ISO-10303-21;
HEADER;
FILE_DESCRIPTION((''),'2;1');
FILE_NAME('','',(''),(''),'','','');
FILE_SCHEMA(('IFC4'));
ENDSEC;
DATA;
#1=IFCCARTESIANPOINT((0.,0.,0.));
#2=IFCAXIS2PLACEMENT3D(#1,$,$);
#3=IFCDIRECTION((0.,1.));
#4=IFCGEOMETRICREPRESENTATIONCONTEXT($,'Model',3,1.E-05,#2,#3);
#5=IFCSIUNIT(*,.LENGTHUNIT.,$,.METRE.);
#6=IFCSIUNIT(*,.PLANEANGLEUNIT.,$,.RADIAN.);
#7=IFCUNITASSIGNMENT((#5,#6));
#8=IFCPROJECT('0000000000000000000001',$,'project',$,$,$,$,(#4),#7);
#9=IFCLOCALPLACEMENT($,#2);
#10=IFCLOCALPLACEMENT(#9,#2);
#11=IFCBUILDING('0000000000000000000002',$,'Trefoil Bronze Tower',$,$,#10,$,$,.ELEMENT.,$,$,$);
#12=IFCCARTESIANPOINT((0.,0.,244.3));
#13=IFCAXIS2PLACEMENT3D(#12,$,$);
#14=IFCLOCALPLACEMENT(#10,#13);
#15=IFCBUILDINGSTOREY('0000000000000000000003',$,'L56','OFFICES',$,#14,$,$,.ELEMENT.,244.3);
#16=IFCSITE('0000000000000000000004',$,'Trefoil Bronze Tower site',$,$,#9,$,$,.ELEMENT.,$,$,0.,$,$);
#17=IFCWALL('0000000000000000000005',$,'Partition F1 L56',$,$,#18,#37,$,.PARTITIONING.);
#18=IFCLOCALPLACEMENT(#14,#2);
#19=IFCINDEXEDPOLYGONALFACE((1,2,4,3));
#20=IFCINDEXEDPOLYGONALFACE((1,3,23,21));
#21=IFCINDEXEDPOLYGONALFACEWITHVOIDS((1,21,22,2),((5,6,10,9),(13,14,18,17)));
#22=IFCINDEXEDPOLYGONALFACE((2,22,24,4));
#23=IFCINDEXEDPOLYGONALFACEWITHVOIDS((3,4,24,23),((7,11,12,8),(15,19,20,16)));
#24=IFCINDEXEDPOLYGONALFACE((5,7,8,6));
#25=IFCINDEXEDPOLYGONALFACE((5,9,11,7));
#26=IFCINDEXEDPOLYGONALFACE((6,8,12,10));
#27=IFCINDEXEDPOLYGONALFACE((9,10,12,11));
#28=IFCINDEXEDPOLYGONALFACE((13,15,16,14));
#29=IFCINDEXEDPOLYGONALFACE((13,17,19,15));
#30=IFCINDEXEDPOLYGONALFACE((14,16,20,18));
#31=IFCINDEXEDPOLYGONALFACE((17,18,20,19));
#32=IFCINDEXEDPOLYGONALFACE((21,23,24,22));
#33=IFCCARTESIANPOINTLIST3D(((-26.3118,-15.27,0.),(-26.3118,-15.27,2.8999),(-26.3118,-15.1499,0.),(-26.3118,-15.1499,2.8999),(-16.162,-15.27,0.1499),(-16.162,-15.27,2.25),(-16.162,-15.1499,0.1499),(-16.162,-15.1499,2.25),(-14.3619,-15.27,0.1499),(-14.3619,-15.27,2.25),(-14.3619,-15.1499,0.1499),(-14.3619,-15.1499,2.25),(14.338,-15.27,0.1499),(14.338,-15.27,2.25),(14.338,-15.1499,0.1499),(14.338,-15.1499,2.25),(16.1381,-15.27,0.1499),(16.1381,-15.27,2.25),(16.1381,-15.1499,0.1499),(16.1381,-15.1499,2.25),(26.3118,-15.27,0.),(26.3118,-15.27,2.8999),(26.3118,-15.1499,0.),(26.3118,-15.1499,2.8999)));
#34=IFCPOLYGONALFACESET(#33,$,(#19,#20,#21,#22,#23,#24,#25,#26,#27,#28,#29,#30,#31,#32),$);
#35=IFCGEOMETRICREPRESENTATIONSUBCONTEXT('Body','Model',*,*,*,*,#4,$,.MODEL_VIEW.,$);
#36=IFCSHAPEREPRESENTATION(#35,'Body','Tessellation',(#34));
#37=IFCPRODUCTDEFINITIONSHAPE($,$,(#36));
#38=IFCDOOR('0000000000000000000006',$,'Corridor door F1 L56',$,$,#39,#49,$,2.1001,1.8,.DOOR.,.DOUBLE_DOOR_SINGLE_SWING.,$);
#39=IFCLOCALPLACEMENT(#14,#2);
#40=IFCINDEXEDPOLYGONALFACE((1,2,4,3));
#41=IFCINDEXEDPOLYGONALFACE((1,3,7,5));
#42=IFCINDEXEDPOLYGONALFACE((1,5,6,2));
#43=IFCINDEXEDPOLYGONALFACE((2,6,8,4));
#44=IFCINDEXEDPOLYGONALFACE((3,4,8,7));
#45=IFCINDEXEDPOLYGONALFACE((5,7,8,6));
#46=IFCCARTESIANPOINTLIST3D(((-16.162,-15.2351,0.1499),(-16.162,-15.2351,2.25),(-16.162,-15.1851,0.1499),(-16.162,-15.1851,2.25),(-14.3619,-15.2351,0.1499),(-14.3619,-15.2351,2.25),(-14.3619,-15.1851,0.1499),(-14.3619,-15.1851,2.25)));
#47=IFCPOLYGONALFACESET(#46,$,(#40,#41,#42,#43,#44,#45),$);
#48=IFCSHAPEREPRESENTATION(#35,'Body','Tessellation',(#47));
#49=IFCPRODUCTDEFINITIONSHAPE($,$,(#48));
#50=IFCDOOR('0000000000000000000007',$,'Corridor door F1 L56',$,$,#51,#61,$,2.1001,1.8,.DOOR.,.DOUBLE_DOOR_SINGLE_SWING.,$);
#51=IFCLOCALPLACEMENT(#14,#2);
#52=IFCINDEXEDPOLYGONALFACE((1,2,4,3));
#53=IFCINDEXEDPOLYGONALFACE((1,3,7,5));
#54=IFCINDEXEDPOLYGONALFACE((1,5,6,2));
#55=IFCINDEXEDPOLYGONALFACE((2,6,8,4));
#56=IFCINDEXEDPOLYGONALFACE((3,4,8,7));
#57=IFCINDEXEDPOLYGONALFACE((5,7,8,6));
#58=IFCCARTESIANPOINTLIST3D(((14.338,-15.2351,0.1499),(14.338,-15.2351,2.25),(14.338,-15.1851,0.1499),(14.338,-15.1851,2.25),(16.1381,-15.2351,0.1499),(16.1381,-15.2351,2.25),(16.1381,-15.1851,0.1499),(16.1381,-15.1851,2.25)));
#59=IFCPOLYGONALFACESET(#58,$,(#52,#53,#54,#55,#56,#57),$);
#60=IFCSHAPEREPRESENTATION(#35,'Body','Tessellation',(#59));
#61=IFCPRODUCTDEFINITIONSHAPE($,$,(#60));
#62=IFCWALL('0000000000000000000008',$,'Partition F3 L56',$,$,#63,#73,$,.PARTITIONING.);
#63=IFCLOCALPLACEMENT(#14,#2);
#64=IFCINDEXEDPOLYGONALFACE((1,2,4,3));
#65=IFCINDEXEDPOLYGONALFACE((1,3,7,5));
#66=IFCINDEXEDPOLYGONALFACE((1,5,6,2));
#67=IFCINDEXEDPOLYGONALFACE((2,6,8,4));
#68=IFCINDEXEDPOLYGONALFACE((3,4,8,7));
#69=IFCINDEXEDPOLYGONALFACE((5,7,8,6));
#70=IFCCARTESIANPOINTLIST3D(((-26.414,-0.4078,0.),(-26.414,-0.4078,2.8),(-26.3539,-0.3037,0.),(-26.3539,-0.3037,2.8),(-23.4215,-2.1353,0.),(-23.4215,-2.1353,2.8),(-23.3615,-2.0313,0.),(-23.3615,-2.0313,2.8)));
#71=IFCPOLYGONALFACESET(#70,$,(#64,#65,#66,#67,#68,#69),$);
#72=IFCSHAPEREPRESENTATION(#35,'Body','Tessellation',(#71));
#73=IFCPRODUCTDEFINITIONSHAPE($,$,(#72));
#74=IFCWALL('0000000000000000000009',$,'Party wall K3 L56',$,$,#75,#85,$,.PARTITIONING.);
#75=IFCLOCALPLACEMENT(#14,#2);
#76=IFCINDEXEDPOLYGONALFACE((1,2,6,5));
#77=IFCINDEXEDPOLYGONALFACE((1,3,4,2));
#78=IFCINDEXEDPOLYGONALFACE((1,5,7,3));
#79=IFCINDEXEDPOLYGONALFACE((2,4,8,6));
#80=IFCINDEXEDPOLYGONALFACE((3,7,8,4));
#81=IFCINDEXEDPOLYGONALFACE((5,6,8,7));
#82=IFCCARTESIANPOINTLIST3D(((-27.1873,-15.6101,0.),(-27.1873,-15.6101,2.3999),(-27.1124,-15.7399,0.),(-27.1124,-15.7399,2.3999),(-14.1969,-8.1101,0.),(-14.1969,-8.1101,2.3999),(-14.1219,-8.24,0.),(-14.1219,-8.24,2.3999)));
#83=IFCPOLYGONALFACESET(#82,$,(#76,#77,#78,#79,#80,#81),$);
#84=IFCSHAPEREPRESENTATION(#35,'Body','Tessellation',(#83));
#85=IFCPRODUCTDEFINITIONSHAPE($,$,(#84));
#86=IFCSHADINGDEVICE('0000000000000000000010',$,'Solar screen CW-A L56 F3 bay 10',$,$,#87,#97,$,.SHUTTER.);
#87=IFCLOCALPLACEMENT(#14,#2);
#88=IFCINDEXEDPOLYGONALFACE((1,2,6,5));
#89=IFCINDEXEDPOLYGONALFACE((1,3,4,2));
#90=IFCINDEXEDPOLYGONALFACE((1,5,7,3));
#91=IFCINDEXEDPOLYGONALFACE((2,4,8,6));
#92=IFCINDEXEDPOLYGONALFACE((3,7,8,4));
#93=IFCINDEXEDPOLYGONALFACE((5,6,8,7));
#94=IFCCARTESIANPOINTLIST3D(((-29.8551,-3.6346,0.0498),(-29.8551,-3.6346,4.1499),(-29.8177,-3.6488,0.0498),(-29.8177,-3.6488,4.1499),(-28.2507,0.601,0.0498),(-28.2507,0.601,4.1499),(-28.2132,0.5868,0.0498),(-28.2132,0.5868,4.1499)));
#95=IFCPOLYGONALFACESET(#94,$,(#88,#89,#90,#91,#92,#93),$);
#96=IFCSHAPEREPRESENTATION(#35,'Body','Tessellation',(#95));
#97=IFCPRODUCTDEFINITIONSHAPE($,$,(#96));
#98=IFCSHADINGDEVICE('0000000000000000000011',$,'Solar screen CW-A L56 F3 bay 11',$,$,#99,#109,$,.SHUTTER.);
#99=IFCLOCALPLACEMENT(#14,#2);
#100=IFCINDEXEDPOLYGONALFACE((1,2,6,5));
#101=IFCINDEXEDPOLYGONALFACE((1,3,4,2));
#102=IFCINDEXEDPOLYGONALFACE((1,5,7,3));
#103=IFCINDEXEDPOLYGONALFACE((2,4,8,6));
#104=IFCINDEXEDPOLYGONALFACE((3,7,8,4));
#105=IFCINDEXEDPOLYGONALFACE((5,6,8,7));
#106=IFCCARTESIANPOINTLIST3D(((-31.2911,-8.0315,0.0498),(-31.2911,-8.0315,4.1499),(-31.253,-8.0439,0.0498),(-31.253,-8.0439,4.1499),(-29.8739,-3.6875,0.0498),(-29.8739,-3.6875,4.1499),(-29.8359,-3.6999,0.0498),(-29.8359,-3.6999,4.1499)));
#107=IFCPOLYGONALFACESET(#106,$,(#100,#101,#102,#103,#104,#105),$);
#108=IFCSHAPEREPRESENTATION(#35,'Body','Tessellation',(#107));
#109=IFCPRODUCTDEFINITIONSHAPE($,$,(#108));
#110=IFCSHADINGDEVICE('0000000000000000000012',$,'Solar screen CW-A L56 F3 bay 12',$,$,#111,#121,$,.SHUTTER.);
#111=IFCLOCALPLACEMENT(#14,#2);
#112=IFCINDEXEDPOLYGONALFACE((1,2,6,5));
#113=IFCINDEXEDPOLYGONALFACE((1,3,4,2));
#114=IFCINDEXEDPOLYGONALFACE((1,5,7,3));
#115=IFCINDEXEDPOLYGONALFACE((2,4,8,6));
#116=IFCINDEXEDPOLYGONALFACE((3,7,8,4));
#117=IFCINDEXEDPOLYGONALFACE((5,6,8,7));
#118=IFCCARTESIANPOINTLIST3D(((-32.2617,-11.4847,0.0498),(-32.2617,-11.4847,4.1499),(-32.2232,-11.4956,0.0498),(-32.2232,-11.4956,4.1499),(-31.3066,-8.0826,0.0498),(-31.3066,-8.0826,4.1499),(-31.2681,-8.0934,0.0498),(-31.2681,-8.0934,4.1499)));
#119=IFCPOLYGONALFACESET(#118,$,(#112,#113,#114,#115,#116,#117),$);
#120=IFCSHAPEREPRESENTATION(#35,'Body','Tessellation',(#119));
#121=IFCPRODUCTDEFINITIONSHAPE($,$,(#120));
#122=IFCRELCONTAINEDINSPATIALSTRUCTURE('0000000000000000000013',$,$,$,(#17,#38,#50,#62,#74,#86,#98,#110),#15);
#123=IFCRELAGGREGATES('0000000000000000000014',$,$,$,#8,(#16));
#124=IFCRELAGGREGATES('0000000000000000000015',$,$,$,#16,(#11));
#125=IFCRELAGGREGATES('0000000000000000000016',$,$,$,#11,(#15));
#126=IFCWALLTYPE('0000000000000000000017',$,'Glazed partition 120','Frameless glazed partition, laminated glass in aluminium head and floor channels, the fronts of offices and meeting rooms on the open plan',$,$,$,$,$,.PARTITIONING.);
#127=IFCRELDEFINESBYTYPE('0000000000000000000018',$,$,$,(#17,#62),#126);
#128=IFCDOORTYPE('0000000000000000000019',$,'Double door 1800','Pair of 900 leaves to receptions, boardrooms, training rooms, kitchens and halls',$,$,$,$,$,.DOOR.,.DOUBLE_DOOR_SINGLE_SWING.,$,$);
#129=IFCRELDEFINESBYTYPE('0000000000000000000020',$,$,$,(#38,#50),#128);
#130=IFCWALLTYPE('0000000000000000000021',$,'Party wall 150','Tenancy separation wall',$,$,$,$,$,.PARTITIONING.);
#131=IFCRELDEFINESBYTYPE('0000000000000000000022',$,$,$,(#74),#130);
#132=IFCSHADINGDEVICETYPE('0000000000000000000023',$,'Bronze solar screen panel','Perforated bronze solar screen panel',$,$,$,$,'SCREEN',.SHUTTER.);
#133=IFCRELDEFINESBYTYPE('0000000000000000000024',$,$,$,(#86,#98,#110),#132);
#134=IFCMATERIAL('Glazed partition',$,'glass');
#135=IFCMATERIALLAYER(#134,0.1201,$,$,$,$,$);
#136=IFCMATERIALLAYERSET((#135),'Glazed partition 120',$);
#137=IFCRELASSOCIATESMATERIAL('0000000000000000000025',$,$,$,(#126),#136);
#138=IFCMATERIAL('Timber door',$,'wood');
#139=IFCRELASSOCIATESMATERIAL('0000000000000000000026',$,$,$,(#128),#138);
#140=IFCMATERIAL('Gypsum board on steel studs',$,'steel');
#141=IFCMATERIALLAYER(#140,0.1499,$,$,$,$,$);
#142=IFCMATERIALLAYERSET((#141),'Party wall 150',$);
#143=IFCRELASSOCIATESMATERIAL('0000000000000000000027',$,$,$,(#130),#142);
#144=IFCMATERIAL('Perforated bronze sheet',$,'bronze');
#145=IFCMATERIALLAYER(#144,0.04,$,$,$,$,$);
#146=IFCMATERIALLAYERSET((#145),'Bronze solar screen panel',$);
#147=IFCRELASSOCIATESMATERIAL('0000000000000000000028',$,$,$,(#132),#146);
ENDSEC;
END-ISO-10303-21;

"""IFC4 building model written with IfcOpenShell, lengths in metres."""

from ifc_helpers import new_model, si_unit, direction, frame, frame_2d, origin, origin_2d, place, context, subcontext, project, spatial, rectangle, extrude, material, layer, layer_set, type_object, element, fill, save


model = new_model("IFC4")

# Units and contexts
model_context = context("Model", 3, precision=1e-05, world=origin(), true_north=direction((0.0, 1.0)))
body_context = subcontext(model_context, "Body", "Model", "MODEL_VIEW")
ifc_project = project(units=[si_unit("LENGTHUNIT", "METRE"), si_unit("PLANEANGLEUNIT", "RADIAN")], contexts=[model_context])

# Site, building, storey
site_placement = place(None, origin())
site = spatial("IfcSite", under=ifc_project, at=site_placement, Name="Trefoil Bronze Tower site", CompositionType="ELEMENT", RefElevation=0.0)
building_placement = place(site_placement, origin())
building = spatial("IfcBuilding", under=site, at=building_placement, Name="Trefoil Bronze Tower", CompositionType="ELEMENT")
storey_placement = place(building_placement, frame((0.0, 0.0, 244.3)))
storey = spatial("IfcBuildingStorey", under=building, at=storey_placement, Name="L56", Description="OFFICES", CompositionType="ELEMENT", Elevation=244.3)

# Wall, openings, doors
ifc_material_1 = material(Name="Glazed partition", Category="glass")
ifc_layer_1 = layer(ifc_material_1, 0.1201)
ifc_layer_set_1 = layer_set([ifc_layer_1], Name="Glazed partition 120")
wall_type_1 = type_object("IfcWallType", Name="Glazed partition 120", Description="Frameless glazed partition, laminated glass in aluminium head and floor channels, the fronts of offices and meeting rooms on the open plan", PredefinedType="PARTITIONING", material=ifc_layer_set_1)
wall_1_placement = place(storey_placement, frame((-26.3118, -15.21, 0.0), z_axis=(0.0, 0.0, 1.0), x_axis=(1.0, 0.0, 0.0)))
wall_1 = element("IfcWall", 1, at=wall_1_placement, inside=storey, type_object=wall_type_1, Name="Partition F1 L56", PredefinedType="PARTITIONING", context=body_context, shape_type="SweptSolid", body=[
    extrude(rectangle(XDim=52.6235, YDim=0.1201, at=frame_2d((26.3118, 0.0))), origin(), (0.0, 0.0, 1.0), 2.8999),
])
opening_1_placement = place(wall_1_placement, frame((10.1499, 0.0, 0.1499)))
opening_1 = element("IfcOpeningElement", 2, at=opening_1_placement, cuts=wall_1, PredefinedType="OPENING", context=body_context, shape_type="SweptSolid", body=[
    extrude(rectangle(XDim=1.8, YDim=2.1001, at=frame_2d((0.8999, 1.05))), frame((0.0, 0.0701, 0.0), z_axis=(0.0, -1.0, 0.0), x_axis=(1.0, 0.0, 0.0)), (0.0, 0.0, 1.0), 0.1401),
])
opening_2_placement = place(wall_1_placement, frame((40.6499, 0.0, 0.1499)))
opening_2 = element("IfcOpeningElement", 3, at=opening_2_placement, cuts=wall_1, PredefinedType="OPENING", context=body_context, shape_type="SweptSolid", body=[
    extrude(rectangle(XDim=1.8, YDim=2.1001, at=frame_2d((0.8999, 1.05))), frame((0.0, 0.0701, 0.0), z_axis=(0.0, -1.0, 0.0), x_axis=(1.0, 0.0, 0.0)), (0.0, 0.0, 1.0), 0.1401),
])
ifc_material_2 = material(Name="Timber door", Category="wood")
door_type = type_object("IfcDoorType", Name="Double door 1800", Description="Pair of 900 leaves to receptions, boardrooms, training rooms, kitchens and halls", OperationType="DOUBLE_DOOR_SINGLE_SWING", PredefinedType="DOOR", material=ifc_material_2)
door_1_placement = place(opening_1_placement, origin())
door_1 = element("IfcDoor", 4, at=door_1_placement, inside=storey, type_object=door_type, Name="Corridor door F1 L56", OperationType="DOUBLE_DOOR_SINGLE_SWING", OverallHeight=2.1001, OverallWidth=1.8, PredefinedType="DOOR", context=body_context, shape_type="SweptSolid", body=[
    extrude(rectangle(XDim=1.8, YDim=2.1001, at=frame_2d((0.8999, 1.05))), frame((0.0, 0.0249, 0.0), z_axis=(0.0, -1.0, 0.0), x_axis=(1.0, 0.0, 0.0)), (0.0, 0.0, 1.0), 0.05),
])
fill(opening_1, door_1)
door_2_placement = place(opening_2_placement, origin())
door_2 = element("IfcDoor", 5, at=door_2_placement, inside=storey, type_object=door_type, Name="Corridor door F1 L56", OperationType="DOUBLE_DOOR_SINGLE_SWING", OverallHeight=2.1001, OverallWidth=1.8, PredefinedType="DOOR", context=body_context, shape_type="SweptSolid", body=[
    extrude(rectangle(XDim=1.8, YDim=2.1001, at=frame_2d((0.8999, 1.05))), frame((0.0, 0.0249, 0.0), z_axis=(0.0, -1.0, 0.0), x_axis=(1.0, 0.0, 0.0)), (0.0, 0.0, 1.0), 0.05),
])
fill(opening_2, door_2)

# Walls
wall_2_placement = place(storey_placement, frame((-23.3916, -2.0833, 0.0), z_axis=(0.0, 0.0, 1.0), x_axis=(-0.866043, 0.499969, 0.0)))
element("IfcWall", 6, at=wall_2_placement, inside=storey, type_object=wall_type_1, Name="Partition F3 L56", PredefinedType="PARTITIONING", context=body_context, shape_type="SweptSolid", body=[
    extrude(rectangle(XDim=3.4553, YDim=0.1201, at=frame_2d((1.7275, 0.0))), origin(), (0.0, 0.0, 1.0), 2.8),
])
ifc_material_3 = material(Name="Gypsum board on steel studs", Category="steel")
ifc_layer_2 = layer(ifc_material_3, 0.1499)
ifc_layer_set_2 = layer_set([ifc_layer_2], Name="Party wall 150")
wall_type_2 = type_object("IfcWallType", Name="Party wall 150", Description="Tenancy separation wall", PredefinedType="PARTITIONING", material=ifc_layer_set_2)
wall_3_placement = place(storey_placement, frame((-14.1594, -8.175, 0.0), z_axis=(0.0, 0.0, 1.0), x_axis=(-0.866027, -0.499997, 0.0)))
element("IfcWall", 7, at=wall_3_placement, inside=storey, type_object=wall_type_2, Name="Party wall K3 L56", PredefinedType="PARTITIONING", context=body_context, shape_type="SweptSolid", body=[
    extrude(rectangle(XDim=15.0, YDim=0.1499, at=frame_2d((7.5, 0.0))), origin(), (0.0, 0.0, 1.0), 2.3999),
])

# Shading devices
ifc_material_4 = material(Name="Perforated bronze sheet", Category="bronze")
ifc_layer_3 = layer(ifc_material_4, 0.04)
ifc_layer_set_3 = layer_set([ifc_layer_3], Name="Bronze solar screen panel")
shading_device_type = type_object("IfcShadingDeviceType", Name="Bronze solar screen panel", Description="Perforated bronze solar screen panel", ElementType="SCREEN", PredefinedType="SHUTTER", material=ifc_layer_set_3)
shading_device_1_placement = place(storey_placement, frame((-29.0342, -1.5239, 0.0498), z_axis=(0.0, 0.0, 1.0), x_axis=(-0.354234, -0.935157, 0.0)))
element("IfcShadingDevice", 8, at=shading_device_1_placement, inside=storey, type_object=shading_device_type, Name="Solar screen CW-A L56 F3 bay 10", PredefinedType="SHUTTER", context=body_context, shape_type="SweptSolid", body=[
    extrude(rectangle(XDim=4.5293, YDim=0.04, at=origin_2d()), origin(), (0.0, 0.0, 1.0), 4.1001),
])
shading_device_2_placement = place(storey_placement, frame((-30.5635, -5.8657, 0.0498), z_axis=(0.0, 0.0, 1.0), x_axis=(-0.310149, -0.950688, 0.0)))
element("IfcShadingDevice", 9, at=shading_device_2_placement, inside=storey, type_object=shading_device_type, Name="Solar screen CW-A L56 F3 bay 11", PredefinedType="SHUTTER", context=body_context, shape_type="SweptSolid", body=[
    extrude(rectangle(XDim=4.5693, YDim=0.04, at=origin_2d()), origin(), (0.0, 0.0, 1.0), 4.1001),
])
shading_device_3_placement = place(storey_placement, frame((-31.7649, -9.7891, 0.0498), z_axis=(0.0, 0.0, 1.0), x_axis=(-0.270282, -0.962781, 0.0)))
element("IfcShadingDevice", 10, at=shading_device_3_placement, inside=storey, type_object=shading_device_type, Name="Solar screen CW-A L56 F3 bay 12", PredefinedType="SHUTTER", context=body_context, shape_type="SweptSolid", body=[
    extrude(rectangle(XDim=3.5337, YDim=0.04, at=origin_2d()), origin(), (0.0, 0.0, 1.0), 4.1001),
])

save(model, "model.ifc")
